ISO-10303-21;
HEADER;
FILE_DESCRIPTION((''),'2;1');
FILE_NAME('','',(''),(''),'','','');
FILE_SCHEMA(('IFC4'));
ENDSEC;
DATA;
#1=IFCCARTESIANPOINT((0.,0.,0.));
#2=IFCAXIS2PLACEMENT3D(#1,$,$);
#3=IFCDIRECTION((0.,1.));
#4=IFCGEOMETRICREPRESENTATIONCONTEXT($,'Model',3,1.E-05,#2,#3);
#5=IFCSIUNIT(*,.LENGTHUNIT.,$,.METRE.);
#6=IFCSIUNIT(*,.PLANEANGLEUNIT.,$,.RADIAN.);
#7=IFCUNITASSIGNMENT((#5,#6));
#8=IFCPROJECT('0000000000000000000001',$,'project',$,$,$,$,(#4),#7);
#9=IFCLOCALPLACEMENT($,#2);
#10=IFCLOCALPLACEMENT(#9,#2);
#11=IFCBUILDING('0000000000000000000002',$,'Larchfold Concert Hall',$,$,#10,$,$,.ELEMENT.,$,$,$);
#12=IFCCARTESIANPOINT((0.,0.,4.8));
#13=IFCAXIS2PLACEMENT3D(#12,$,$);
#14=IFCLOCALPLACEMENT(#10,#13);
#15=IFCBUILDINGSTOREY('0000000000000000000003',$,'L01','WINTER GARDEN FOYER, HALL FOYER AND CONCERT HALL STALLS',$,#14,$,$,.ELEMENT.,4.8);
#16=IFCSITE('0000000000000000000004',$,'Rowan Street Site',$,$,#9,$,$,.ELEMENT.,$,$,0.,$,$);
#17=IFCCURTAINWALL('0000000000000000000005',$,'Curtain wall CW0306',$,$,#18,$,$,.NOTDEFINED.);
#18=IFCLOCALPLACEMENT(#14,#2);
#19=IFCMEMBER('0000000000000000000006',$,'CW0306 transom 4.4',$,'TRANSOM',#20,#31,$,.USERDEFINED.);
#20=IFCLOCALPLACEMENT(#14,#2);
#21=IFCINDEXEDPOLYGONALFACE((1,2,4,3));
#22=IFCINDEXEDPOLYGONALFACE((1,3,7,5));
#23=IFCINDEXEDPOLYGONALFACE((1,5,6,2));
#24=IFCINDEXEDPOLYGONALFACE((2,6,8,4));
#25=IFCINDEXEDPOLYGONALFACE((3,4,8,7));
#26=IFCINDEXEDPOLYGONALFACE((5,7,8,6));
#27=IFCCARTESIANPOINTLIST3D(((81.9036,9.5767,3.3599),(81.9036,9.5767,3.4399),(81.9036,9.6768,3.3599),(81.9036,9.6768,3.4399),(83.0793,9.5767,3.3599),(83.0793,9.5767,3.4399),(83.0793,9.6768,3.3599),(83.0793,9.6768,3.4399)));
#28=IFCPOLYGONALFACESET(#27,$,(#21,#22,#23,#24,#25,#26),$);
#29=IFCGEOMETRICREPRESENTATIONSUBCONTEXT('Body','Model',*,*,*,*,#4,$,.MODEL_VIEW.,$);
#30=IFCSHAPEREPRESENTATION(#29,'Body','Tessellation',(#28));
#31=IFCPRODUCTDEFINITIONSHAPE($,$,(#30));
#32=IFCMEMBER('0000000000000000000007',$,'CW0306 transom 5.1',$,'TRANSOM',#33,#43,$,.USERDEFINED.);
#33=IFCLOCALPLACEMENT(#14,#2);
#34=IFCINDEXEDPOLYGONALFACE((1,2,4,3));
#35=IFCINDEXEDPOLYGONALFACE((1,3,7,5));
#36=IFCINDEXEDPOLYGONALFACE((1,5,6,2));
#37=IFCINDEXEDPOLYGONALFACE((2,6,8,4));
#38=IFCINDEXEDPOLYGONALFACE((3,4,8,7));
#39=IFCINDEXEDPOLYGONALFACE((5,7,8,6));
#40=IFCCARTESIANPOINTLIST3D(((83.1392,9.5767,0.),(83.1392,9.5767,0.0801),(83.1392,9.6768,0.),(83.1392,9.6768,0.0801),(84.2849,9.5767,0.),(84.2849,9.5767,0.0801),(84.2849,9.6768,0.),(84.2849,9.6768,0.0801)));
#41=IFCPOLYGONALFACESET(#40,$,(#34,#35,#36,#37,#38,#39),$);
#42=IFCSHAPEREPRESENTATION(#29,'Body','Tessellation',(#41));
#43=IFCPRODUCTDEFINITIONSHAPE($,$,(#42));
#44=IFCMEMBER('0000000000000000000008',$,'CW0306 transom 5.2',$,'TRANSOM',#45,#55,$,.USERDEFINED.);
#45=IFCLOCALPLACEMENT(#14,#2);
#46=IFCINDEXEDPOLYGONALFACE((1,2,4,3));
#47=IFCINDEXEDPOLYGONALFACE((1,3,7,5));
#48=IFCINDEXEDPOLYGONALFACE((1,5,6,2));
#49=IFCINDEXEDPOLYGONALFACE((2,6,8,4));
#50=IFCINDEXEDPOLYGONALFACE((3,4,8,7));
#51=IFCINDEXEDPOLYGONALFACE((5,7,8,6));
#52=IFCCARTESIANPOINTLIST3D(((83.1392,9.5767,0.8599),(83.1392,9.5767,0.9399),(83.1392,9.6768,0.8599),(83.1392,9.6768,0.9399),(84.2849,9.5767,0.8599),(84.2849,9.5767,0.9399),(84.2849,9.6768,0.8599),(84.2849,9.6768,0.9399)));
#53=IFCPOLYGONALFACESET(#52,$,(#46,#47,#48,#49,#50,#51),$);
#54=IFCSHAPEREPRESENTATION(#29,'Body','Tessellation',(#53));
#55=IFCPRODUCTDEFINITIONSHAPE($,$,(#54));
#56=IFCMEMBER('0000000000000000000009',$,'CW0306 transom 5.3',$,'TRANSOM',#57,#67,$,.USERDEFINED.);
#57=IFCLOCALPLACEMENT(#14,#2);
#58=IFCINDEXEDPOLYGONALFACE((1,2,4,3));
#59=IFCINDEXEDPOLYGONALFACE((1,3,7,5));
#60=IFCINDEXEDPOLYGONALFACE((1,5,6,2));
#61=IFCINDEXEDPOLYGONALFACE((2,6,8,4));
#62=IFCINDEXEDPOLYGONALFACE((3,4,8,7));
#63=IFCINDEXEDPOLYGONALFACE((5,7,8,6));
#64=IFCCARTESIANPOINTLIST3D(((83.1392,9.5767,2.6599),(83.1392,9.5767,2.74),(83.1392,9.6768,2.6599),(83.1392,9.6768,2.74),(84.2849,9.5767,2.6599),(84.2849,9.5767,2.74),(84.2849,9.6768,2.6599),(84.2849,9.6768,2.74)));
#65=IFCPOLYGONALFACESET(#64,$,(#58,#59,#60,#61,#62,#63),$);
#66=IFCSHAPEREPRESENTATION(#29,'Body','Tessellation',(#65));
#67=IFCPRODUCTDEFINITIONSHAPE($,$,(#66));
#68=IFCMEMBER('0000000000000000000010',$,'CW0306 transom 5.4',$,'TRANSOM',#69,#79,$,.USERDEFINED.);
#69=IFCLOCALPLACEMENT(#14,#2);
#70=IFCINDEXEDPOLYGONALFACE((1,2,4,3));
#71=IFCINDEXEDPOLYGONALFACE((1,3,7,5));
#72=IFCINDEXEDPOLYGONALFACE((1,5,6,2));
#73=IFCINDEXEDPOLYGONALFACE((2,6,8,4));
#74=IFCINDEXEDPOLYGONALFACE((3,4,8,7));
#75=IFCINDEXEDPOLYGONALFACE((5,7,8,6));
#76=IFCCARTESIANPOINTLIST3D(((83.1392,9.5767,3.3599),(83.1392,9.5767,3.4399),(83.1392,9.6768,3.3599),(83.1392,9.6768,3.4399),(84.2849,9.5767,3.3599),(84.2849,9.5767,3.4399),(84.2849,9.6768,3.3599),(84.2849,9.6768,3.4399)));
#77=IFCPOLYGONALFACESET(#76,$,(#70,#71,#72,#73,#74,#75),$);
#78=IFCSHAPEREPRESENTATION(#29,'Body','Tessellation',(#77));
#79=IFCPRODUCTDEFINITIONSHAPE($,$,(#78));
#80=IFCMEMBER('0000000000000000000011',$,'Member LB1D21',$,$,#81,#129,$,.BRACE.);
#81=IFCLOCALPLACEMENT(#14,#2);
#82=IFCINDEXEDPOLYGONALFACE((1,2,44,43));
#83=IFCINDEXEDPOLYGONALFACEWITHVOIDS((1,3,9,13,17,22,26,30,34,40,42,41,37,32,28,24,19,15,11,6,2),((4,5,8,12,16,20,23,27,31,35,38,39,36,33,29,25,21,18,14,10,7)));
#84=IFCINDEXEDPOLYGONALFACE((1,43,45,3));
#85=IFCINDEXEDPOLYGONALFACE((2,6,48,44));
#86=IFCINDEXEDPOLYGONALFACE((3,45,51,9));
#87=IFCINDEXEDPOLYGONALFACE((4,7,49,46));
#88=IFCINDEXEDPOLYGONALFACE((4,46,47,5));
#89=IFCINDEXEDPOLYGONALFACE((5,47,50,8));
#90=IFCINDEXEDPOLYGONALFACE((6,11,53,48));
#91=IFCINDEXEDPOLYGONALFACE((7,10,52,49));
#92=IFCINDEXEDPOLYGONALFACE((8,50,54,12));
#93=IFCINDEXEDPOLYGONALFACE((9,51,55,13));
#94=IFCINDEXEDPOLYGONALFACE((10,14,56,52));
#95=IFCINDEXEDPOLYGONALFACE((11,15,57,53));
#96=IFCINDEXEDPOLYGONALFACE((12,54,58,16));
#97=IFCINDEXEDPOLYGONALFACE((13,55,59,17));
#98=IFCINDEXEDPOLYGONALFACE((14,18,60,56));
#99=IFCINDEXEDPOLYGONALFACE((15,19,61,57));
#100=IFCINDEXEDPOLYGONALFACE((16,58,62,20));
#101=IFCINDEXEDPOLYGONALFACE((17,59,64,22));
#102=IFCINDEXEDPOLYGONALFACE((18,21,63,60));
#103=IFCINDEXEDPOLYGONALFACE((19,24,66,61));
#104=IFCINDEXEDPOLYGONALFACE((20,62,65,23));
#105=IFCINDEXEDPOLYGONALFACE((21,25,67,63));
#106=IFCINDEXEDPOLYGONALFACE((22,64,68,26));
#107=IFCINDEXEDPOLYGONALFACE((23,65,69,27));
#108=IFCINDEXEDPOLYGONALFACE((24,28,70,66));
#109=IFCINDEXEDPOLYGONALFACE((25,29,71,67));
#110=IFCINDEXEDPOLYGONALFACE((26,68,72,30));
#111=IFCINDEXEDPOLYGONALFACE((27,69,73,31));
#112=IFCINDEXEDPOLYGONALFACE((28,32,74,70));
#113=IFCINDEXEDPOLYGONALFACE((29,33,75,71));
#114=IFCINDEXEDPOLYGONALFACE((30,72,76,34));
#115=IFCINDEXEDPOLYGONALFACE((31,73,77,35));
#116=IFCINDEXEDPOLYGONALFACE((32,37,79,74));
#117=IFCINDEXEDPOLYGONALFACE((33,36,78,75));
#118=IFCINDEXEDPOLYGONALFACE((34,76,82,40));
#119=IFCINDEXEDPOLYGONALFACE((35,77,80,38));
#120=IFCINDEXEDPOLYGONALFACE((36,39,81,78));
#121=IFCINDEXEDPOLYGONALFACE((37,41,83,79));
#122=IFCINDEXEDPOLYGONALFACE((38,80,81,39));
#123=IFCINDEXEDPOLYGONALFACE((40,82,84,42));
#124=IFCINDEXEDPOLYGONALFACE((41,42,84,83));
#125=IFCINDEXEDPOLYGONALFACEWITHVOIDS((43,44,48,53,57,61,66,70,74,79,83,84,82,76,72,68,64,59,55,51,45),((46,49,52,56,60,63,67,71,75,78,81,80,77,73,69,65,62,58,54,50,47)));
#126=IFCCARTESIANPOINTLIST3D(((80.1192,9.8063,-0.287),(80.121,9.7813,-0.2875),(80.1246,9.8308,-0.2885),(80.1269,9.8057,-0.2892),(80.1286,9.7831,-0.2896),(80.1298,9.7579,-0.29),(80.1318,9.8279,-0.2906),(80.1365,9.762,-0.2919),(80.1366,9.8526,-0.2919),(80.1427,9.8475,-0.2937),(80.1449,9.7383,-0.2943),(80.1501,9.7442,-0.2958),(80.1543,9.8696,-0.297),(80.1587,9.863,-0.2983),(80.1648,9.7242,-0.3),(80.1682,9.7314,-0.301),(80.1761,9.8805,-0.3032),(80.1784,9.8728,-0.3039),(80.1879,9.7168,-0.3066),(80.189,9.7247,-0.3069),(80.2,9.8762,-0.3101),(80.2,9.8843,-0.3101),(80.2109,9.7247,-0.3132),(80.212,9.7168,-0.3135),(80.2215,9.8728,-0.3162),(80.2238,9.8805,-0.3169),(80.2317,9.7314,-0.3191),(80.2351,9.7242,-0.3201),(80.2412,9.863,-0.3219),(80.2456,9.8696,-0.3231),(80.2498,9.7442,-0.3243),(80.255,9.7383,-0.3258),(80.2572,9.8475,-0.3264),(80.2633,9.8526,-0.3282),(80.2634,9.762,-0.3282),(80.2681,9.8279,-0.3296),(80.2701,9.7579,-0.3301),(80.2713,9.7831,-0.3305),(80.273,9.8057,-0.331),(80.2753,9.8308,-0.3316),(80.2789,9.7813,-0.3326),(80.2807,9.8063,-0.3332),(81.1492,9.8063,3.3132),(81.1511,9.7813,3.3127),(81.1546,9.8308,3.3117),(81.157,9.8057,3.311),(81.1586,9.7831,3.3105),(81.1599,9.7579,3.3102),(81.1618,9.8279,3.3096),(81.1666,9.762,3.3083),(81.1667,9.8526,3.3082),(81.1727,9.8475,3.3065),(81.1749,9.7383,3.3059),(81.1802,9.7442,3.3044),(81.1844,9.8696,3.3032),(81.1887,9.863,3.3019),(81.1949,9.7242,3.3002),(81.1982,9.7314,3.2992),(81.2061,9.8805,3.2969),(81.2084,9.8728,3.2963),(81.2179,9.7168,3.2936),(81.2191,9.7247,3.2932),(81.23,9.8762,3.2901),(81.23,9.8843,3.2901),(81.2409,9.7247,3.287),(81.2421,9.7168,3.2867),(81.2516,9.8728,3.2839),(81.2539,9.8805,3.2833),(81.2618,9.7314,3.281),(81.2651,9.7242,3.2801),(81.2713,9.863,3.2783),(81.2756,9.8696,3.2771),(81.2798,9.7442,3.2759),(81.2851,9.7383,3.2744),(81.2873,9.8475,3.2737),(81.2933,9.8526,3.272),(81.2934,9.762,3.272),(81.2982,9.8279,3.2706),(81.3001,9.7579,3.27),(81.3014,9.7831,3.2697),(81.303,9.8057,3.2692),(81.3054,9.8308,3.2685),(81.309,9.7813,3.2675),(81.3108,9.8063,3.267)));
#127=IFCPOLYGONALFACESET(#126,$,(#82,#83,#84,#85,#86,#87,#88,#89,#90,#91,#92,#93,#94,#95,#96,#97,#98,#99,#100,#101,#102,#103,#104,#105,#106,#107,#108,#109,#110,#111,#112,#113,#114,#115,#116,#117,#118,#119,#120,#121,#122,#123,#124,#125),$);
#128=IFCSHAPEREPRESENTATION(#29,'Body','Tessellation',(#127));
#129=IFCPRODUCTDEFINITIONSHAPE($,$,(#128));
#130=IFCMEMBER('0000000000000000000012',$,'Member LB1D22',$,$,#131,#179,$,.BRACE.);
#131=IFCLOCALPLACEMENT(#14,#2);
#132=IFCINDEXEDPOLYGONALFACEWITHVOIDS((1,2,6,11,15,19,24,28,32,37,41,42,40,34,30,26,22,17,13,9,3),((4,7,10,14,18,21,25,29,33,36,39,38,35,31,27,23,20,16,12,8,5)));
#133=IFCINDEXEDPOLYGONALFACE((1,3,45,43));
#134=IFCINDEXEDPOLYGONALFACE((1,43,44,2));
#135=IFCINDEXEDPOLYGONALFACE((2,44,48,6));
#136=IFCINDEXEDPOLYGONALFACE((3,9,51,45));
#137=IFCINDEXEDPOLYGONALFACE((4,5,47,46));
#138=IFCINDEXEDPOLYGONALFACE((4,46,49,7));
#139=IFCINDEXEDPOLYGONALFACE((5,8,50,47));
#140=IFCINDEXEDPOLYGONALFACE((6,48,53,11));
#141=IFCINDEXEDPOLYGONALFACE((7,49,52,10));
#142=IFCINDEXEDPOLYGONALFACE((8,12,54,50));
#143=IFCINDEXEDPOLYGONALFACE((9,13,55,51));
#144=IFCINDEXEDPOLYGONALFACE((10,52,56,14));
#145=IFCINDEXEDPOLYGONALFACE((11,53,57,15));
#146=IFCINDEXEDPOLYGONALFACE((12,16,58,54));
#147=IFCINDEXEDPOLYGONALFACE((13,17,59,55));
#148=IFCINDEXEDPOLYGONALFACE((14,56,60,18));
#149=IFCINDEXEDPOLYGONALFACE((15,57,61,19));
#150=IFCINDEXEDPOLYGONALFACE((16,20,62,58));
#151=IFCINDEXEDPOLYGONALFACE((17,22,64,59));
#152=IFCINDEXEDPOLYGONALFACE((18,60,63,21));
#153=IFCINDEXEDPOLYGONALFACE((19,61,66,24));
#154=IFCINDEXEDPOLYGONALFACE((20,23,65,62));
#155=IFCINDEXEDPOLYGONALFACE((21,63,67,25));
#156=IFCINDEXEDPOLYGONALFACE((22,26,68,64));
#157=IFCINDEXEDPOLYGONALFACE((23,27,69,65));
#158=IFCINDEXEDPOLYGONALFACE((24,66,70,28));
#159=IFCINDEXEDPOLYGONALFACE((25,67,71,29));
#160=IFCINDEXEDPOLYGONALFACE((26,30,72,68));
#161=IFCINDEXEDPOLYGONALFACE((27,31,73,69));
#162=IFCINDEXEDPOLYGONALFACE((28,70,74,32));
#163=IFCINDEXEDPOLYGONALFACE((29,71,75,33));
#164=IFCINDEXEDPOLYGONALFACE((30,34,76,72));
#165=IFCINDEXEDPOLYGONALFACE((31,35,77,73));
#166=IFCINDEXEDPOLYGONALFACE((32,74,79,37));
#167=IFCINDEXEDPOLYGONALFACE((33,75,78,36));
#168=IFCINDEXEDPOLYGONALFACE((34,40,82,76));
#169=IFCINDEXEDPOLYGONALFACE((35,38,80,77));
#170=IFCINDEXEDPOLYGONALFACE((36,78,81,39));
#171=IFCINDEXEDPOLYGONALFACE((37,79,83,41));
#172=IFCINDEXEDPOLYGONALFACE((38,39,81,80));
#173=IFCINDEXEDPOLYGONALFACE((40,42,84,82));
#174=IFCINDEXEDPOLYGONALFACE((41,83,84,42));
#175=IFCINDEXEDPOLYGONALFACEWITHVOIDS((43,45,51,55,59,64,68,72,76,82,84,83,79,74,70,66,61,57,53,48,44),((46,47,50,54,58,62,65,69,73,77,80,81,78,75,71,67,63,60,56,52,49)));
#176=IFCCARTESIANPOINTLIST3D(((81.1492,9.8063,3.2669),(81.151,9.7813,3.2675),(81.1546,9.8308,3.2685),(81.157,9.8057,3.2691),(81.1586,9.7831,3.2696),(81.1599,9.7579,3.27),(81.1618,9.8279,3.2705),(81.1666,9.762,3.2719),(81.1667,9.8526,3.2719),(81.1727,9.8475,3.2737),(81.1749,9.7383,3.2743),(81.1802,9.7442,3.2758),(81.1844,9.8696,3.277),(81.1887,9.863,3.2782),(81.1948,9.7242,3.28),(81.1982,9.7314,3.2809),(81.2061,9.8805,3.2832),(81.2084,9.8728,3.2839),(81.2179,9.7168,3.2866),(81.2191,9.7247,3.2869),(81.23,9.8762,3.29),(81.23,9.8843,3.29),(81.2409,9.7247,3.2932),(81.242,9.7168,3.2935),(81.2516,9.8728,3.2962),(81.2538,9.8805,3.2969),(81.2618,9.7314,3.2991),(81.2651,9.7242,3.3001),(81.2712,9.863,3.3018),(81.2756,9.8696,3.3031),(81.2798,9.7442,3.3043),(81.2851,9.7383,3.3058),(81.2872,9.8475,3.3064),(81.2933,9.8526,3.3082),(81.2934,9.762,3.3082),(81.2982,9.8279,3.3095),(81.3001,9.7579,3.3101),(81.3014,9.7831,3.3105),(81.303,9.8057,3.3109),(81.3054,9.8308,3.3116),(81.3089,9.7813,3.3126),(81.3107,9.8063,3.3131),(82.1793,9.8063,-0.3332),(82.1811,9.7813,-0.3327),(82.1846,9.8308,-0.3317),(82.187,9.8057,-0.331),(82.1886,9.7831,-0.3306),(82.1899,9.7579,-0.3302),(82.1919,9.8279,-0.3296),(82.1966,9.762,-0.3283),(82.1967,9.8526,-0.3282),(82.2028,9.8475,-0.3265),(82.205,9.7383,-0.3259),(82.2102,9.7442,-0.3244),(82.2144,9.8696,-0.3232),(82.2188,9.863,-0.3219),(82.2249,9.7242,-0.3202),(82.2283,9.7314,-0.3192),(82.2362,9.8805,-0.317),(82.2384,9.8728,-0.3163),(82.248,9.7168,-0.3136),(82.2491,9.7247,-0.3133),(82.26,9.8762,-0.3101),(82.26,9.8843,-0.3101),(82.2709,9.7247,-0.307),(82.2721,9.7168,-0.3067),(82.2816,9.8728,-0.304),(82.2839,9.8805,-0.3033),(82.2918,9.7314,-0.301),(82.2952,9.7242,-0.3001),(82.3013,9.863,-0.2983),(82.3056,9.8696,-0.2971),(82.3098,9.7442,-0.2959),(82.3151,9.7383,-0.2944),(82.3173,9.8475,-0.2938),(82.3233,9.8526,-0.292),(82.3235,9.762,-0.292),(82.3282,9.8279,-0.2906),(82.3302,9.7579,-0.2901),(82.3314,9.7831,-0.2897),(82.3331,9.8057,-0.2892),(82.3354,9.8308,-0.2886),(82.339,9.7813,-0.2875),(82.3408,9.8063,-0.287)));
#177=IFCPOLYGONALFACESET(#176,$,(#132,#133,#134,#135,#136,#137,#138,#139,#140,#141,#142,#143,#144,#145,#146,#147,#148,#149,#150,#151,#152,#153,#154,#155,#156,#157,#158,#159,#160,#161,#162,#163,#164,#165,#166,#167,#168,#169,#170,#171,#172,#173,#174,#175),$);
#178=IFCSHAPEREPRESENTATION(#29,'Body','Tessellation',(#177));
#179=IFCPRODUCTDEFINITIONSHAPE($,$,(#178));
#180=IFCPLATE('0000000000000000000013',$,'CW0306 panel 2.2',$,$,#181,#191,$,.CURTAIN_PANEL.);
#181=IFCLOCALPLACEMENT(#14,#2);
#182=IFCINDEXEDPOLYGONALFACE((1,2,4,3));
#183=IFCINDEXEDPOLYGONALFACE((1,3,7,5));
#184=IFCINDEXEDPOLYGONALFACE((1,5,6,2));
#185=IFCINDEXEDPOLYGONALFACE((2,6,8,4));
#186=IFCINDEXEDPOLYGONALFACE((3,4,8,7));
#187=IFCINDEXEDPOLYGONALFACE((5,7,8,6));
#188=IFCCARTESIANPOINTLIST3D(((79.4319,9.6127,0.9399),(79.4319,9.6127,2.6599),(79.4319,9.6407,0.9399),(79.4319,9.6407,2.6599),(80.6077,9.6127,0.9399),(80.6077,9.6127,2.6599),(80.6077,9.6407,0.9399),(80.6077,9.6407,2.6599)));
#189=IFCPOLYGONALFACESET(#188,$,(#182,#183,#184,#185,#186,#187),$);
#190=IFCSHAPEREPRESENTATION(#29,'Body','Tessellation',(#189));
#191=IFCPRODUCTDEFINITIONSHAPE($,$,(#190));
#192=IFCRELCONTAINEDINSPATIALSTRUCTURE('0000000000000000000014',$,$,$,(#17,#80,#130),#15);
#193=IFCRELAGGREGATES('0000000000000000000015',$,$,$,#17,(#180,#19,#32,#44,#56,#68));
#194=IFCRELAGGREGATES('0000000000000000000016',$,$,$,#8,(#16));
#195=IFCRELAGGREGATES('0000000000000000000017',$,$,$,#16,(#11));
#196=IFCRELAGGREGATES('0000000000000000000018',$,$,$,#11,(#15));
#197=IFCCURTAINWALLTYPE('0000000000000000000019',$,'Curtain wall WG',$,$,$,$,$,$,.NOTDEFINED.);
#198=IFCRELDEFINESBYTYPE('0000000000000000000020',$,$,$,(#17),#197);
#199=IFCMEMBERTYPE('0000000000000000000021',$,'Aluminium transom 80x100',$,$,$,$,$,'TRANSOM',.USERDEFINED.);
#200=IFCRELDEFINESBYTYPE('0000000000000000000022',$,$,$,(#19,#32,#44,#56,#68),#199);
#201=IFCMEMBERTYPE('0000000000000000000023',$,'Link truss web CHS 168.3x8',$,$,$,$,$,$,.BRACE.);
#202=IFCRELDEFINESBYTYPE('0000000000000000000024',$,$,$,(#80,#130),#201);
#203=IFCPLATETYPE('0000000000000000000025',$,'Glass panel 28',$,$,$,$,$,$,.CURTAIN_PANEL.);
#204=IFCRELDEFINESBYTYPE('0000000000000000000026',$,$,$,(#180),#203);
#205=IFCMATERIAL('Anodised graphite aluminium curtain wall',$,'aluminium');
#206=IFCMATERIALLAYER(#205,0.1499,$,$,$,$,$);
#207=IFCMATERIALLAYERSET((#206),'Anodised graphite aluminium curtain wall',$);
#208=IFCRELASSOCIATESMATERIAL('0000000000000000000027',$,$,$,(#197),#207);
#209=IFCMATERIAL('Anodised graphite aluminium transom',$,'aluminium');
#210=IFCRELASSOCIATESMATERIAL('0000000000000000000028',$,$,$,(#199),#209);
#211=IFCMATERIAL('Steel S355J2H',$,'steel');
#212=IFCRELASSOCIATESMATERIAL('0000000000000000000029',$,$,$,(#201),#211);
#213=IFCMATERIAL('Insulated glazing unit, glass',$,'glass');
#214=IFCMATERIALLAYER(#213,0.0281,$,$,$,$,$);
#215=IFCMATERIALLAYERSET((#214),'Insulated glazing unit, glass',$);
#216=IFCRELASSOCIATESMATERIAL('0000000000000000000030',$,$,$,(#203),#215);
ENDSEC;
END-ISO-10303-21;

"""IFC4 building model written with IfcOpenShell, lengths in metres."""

from ifc_helpers import new_model, si_unit, direction, frame, origin, origin_2d, place, context, subcontext, project, spatial, rectangle, hollow_circle, extrude, material, layer, layer_set, material_profile, profile_set, type_object, element, aggregate, save


model = new_model("IFC4")

# Units and contexts
model_context = context("Model", 3, precision=1e-05, world=origin(), true_north=direction((0.0, 1.0)))
body_context = subcontext(model_context, "Body", "Model", "MODEL_VIEW")
ifc_project = project(units=[si_unit("LENGTHUNIT", "METRE"), si_unit("PLANEANGLEUNIT", "RADIAN")], contexts=[model_context])

# Site, building, storey
site_placement = place(None, origin())
site = spatial("IfcSite", under=ifc_project, at=site_placement, Name="Rowan Street Site", CompositionType="ELEMENT", RefElevation=0.0)
building_placement = place(site_placement, origin())
building = spatial("IfcBuilding", under=site, at=building_placement, Name="Larchfold Concert Hall", CompositionType="ELEMENT")
storey_placement = place(building_placement, frame((0.0, 0.0, 4.8)))
storey = spatial("IfcBuildingStorey", under=building, at=storey_placement, Name="L01", Description="WINTER GARDEN FOYER, HALL FOYER AND CONCERT HALL STALLS", CompositionType="ELEMENT", Elevation=4.8)

# Curtain wall, members
ifc_material_1 = material(Name="Anodised graphite aluminium curtain wall", Category="aluminium")
ifc_layer_1 = layer(ifc_material_1, 0.1499)
ifc_layer_set_1 = layer_set([ifc_layer_1], Name="Anodised graphite aluminium curtain wall")
curtain_wall_type = type_object("IfcCurtainWallType", Name="Curtain wall WG", PredefinedType="NOTDEFINED", material=ifc_layer_set_1)
curtain_wall_placement = place(storey_placement, origin())
curtain_wall = element("IfcCurtainWall", 1, at=curtain_wall_placement, inside=storey, type_object=curtain_wall_type, Name="Curtain wall CW0306", PredefinedType="NOTDEFINED")
ifc_material_2 = material(Name="Anodised graphite aluminium transom", Category="aluminium")
ifc_material_profile_1 = material_profile(ifc_material_2, rectangle(XDim=0.1001, YDim=0.0801, at=origin_2d()))
ifc_profile_set_1 = profile_set([ifc_material_profile_1], Name="Anodised graphite aluminium transom")
member_type_1 = type_object("IfcMemberType", Name="Aluminium transom 80x100", ElementType="TRANSOM", PredefinedType="USERDEFINED", material=ifc_profile_set_1)
member_1_placement = place(storey_placement, frame((81.9036, 9.6267, 3.3999), z_axis=(1.0, 0.0, 0.0), x_axis=(0.0, 1.0, 0.0)))
member_1 = element("IfcMember", 2, at=member_1_placement, type_object=member_type_1, Name="CW0306 transom 4.4", ObjectType="TRANSOM", PredefinedType="USERDEFINED", context=body_context, shape_type="SweptSolid", body=[
    extrude(rectangle(XDim=0.1001, YDim=0.0801, at=origin_2d()), origin(), (0.0, 0.0, 1.0), 1.1758),
])
member_2_placement = place(storey_placement, frame((83.1392, 9.6267, 0.04), z_axis=(1.0, 0.0, 0.0), x_axis=(0.0, 1.0, 0.0)))
member_2 = element("IfcMember", 3, at=member_2_placement, type_object=member_type_1, Name="CW0306 transom 5.1", ObjectType="TRANSOM", PredefinedType="USERDEFINED", context=body_context, shape_type="SweptSolid", body=[
    extrude(rectangle(XDim=0.1001, YDim=0.0801, at=origin_2d()), origin(), (0.0, 0.0, 1.0), 1.1458),
])
member_3_placement = place(storey_placement, frame((83.1392, 9.6267, 0.8999), z_axis=(1.0, 0.0, 0.0), x_axis=(0.0, 1.0, 0.0)))
member_3 = element("IfcMember", 4, at=member_3_placement, type_object=member_type_1, Name="CW0306 transom 5.2", ObjectType="TRANSOM", PredefinedType="USERDEFINED", context=body_context, shape_type="SweptSolid", body=[
    extrude(rectangle(XDim=0.1001, YDim=0.0801, at=origin_2d()), origin(), (0.0, 0.0, 1.0), 1.1458),
])
member_4_placement = place(storey_placement, frame((83.1392, 9.6267, 2.7), z_axis=(1.0, 0.0, 0.0), x_axis=(0.0, 1.0, 0.0)))
member_4 = element("IfcMember", 5, at=member_4_placement, type_object=member_type_1, Name="CW0306 transom 5.3", ObjectType="TRANSOM", PredefinedType="USERDEFINED", context=body_context, shape_type="SweptSolid", body=[
    extrude(rectangle(XDim=0.1001, YDim=0.0801, at=origin_2d()), origin(), (0.0, 0.0, 1.0), 1.1458),
])
member_5_placement = place(storey_placement, frame((83.1392, 9.6267, 3.3999), z_axis=(1.0, 0.0, 0.0), x_axis=(0.0, 1.0, 0.0)))
member_5 = element("IfcMember", 6, at=member_5_placement, type_object=member_type_1, Name="CW0306 transom 5.4", ObjectType="TRANSOM", PredefinedType="USERDEFINED", context=body_context, shape_type="SweptSolid", body=[
    extrude(rectangle(XDim=0.1001, YDim=0.0801, at=origin_2d()), origin(), (0.0, 0.0, 1.0), 1.1458),
])

# Members
ifc_material_3 = material(Name="Steel S355J2H", Category="steel")
ifc_material_profile_2 = material_profile(ifc_material_3, hollow_circle(Radius=0.0842, WallThickness=0.0081, at=origin_2d()))
ifc_profile_set_2 = profile_set([ifc_material_profile_2], Name="Steel S355J2H")
member_type_2 = type_object("IfcMemberType", Name="Link truss web CHS 168.3x8", PredefinedType="BRACE", material=ifc_profile_set_2)
for number, where, z_axis, x_axis, name in (
    (7, (80.2, 9.8, -0.3101), (0.275074, 0.0, 0.961423), (0.0, 1.0, 0.0), "Member LB1D21"),
    (8, (81.23, 9.8, 3.29), (0.275074, 0.0, -0.961423), (0.0, 1.0, 0.0), "Member LB1D22"),
):
    element("IfcMember", number, at=place(storey_placement, frame(where, z_axis=z_axis, x_axis=x_axis)), inside=storey, type_object=member_type_2, Name=name, PredefinedType="BRACE", context=body_context, shape_type="SweptSolid", body=[
        extrude(hollow_circle(Radius=0.0842, WallThickness=0.0081, at=origin_2d()), origin(), (0.0, 0.0, 1.0), 3.7446),
    ])

# Plate
ifc_material_4 = material(Name="Insulated glazing unit, glass", Category="glass")
ifc_layer_2 = layer(ifc_material_4, 0.0281)
ifc_layer_set_2 = layer_set([ifc_layer_2], Name="Insulated glazing unit, glass")
plate_type_1 = type_object("IfcPlateType", Name="Glass panel 28", PredefinedType="CURTAIN_PANEL", material=ifc_layer_set_2)
plate_1_placement = place(storey_placement, frame((80.0198, 9.6267, 0.9399), z_axis=(0.0, 0.0, 1.0), x_axis=(1.0, 0.0, 0.0)))
plate_1 = element("IfcPlate", 9, at=plate_1_placement, type_object=plate_type_1, Name="CW0306 panel 2.2", PredefinedType="CURTAIN_PANEL", context=body_context, shape_type="SweptSolid", body=[
    extrude(rectangle(XDim=1.1758, YDim=0.0281, at=origin_2d()), origin(), (0.0, 0.0, 1.0), 1.72),
])
aggregate(curtain_wall, [plate_1, member_1, member_2, member_3, member_4, member_5])

save(model, "model.ifc")
